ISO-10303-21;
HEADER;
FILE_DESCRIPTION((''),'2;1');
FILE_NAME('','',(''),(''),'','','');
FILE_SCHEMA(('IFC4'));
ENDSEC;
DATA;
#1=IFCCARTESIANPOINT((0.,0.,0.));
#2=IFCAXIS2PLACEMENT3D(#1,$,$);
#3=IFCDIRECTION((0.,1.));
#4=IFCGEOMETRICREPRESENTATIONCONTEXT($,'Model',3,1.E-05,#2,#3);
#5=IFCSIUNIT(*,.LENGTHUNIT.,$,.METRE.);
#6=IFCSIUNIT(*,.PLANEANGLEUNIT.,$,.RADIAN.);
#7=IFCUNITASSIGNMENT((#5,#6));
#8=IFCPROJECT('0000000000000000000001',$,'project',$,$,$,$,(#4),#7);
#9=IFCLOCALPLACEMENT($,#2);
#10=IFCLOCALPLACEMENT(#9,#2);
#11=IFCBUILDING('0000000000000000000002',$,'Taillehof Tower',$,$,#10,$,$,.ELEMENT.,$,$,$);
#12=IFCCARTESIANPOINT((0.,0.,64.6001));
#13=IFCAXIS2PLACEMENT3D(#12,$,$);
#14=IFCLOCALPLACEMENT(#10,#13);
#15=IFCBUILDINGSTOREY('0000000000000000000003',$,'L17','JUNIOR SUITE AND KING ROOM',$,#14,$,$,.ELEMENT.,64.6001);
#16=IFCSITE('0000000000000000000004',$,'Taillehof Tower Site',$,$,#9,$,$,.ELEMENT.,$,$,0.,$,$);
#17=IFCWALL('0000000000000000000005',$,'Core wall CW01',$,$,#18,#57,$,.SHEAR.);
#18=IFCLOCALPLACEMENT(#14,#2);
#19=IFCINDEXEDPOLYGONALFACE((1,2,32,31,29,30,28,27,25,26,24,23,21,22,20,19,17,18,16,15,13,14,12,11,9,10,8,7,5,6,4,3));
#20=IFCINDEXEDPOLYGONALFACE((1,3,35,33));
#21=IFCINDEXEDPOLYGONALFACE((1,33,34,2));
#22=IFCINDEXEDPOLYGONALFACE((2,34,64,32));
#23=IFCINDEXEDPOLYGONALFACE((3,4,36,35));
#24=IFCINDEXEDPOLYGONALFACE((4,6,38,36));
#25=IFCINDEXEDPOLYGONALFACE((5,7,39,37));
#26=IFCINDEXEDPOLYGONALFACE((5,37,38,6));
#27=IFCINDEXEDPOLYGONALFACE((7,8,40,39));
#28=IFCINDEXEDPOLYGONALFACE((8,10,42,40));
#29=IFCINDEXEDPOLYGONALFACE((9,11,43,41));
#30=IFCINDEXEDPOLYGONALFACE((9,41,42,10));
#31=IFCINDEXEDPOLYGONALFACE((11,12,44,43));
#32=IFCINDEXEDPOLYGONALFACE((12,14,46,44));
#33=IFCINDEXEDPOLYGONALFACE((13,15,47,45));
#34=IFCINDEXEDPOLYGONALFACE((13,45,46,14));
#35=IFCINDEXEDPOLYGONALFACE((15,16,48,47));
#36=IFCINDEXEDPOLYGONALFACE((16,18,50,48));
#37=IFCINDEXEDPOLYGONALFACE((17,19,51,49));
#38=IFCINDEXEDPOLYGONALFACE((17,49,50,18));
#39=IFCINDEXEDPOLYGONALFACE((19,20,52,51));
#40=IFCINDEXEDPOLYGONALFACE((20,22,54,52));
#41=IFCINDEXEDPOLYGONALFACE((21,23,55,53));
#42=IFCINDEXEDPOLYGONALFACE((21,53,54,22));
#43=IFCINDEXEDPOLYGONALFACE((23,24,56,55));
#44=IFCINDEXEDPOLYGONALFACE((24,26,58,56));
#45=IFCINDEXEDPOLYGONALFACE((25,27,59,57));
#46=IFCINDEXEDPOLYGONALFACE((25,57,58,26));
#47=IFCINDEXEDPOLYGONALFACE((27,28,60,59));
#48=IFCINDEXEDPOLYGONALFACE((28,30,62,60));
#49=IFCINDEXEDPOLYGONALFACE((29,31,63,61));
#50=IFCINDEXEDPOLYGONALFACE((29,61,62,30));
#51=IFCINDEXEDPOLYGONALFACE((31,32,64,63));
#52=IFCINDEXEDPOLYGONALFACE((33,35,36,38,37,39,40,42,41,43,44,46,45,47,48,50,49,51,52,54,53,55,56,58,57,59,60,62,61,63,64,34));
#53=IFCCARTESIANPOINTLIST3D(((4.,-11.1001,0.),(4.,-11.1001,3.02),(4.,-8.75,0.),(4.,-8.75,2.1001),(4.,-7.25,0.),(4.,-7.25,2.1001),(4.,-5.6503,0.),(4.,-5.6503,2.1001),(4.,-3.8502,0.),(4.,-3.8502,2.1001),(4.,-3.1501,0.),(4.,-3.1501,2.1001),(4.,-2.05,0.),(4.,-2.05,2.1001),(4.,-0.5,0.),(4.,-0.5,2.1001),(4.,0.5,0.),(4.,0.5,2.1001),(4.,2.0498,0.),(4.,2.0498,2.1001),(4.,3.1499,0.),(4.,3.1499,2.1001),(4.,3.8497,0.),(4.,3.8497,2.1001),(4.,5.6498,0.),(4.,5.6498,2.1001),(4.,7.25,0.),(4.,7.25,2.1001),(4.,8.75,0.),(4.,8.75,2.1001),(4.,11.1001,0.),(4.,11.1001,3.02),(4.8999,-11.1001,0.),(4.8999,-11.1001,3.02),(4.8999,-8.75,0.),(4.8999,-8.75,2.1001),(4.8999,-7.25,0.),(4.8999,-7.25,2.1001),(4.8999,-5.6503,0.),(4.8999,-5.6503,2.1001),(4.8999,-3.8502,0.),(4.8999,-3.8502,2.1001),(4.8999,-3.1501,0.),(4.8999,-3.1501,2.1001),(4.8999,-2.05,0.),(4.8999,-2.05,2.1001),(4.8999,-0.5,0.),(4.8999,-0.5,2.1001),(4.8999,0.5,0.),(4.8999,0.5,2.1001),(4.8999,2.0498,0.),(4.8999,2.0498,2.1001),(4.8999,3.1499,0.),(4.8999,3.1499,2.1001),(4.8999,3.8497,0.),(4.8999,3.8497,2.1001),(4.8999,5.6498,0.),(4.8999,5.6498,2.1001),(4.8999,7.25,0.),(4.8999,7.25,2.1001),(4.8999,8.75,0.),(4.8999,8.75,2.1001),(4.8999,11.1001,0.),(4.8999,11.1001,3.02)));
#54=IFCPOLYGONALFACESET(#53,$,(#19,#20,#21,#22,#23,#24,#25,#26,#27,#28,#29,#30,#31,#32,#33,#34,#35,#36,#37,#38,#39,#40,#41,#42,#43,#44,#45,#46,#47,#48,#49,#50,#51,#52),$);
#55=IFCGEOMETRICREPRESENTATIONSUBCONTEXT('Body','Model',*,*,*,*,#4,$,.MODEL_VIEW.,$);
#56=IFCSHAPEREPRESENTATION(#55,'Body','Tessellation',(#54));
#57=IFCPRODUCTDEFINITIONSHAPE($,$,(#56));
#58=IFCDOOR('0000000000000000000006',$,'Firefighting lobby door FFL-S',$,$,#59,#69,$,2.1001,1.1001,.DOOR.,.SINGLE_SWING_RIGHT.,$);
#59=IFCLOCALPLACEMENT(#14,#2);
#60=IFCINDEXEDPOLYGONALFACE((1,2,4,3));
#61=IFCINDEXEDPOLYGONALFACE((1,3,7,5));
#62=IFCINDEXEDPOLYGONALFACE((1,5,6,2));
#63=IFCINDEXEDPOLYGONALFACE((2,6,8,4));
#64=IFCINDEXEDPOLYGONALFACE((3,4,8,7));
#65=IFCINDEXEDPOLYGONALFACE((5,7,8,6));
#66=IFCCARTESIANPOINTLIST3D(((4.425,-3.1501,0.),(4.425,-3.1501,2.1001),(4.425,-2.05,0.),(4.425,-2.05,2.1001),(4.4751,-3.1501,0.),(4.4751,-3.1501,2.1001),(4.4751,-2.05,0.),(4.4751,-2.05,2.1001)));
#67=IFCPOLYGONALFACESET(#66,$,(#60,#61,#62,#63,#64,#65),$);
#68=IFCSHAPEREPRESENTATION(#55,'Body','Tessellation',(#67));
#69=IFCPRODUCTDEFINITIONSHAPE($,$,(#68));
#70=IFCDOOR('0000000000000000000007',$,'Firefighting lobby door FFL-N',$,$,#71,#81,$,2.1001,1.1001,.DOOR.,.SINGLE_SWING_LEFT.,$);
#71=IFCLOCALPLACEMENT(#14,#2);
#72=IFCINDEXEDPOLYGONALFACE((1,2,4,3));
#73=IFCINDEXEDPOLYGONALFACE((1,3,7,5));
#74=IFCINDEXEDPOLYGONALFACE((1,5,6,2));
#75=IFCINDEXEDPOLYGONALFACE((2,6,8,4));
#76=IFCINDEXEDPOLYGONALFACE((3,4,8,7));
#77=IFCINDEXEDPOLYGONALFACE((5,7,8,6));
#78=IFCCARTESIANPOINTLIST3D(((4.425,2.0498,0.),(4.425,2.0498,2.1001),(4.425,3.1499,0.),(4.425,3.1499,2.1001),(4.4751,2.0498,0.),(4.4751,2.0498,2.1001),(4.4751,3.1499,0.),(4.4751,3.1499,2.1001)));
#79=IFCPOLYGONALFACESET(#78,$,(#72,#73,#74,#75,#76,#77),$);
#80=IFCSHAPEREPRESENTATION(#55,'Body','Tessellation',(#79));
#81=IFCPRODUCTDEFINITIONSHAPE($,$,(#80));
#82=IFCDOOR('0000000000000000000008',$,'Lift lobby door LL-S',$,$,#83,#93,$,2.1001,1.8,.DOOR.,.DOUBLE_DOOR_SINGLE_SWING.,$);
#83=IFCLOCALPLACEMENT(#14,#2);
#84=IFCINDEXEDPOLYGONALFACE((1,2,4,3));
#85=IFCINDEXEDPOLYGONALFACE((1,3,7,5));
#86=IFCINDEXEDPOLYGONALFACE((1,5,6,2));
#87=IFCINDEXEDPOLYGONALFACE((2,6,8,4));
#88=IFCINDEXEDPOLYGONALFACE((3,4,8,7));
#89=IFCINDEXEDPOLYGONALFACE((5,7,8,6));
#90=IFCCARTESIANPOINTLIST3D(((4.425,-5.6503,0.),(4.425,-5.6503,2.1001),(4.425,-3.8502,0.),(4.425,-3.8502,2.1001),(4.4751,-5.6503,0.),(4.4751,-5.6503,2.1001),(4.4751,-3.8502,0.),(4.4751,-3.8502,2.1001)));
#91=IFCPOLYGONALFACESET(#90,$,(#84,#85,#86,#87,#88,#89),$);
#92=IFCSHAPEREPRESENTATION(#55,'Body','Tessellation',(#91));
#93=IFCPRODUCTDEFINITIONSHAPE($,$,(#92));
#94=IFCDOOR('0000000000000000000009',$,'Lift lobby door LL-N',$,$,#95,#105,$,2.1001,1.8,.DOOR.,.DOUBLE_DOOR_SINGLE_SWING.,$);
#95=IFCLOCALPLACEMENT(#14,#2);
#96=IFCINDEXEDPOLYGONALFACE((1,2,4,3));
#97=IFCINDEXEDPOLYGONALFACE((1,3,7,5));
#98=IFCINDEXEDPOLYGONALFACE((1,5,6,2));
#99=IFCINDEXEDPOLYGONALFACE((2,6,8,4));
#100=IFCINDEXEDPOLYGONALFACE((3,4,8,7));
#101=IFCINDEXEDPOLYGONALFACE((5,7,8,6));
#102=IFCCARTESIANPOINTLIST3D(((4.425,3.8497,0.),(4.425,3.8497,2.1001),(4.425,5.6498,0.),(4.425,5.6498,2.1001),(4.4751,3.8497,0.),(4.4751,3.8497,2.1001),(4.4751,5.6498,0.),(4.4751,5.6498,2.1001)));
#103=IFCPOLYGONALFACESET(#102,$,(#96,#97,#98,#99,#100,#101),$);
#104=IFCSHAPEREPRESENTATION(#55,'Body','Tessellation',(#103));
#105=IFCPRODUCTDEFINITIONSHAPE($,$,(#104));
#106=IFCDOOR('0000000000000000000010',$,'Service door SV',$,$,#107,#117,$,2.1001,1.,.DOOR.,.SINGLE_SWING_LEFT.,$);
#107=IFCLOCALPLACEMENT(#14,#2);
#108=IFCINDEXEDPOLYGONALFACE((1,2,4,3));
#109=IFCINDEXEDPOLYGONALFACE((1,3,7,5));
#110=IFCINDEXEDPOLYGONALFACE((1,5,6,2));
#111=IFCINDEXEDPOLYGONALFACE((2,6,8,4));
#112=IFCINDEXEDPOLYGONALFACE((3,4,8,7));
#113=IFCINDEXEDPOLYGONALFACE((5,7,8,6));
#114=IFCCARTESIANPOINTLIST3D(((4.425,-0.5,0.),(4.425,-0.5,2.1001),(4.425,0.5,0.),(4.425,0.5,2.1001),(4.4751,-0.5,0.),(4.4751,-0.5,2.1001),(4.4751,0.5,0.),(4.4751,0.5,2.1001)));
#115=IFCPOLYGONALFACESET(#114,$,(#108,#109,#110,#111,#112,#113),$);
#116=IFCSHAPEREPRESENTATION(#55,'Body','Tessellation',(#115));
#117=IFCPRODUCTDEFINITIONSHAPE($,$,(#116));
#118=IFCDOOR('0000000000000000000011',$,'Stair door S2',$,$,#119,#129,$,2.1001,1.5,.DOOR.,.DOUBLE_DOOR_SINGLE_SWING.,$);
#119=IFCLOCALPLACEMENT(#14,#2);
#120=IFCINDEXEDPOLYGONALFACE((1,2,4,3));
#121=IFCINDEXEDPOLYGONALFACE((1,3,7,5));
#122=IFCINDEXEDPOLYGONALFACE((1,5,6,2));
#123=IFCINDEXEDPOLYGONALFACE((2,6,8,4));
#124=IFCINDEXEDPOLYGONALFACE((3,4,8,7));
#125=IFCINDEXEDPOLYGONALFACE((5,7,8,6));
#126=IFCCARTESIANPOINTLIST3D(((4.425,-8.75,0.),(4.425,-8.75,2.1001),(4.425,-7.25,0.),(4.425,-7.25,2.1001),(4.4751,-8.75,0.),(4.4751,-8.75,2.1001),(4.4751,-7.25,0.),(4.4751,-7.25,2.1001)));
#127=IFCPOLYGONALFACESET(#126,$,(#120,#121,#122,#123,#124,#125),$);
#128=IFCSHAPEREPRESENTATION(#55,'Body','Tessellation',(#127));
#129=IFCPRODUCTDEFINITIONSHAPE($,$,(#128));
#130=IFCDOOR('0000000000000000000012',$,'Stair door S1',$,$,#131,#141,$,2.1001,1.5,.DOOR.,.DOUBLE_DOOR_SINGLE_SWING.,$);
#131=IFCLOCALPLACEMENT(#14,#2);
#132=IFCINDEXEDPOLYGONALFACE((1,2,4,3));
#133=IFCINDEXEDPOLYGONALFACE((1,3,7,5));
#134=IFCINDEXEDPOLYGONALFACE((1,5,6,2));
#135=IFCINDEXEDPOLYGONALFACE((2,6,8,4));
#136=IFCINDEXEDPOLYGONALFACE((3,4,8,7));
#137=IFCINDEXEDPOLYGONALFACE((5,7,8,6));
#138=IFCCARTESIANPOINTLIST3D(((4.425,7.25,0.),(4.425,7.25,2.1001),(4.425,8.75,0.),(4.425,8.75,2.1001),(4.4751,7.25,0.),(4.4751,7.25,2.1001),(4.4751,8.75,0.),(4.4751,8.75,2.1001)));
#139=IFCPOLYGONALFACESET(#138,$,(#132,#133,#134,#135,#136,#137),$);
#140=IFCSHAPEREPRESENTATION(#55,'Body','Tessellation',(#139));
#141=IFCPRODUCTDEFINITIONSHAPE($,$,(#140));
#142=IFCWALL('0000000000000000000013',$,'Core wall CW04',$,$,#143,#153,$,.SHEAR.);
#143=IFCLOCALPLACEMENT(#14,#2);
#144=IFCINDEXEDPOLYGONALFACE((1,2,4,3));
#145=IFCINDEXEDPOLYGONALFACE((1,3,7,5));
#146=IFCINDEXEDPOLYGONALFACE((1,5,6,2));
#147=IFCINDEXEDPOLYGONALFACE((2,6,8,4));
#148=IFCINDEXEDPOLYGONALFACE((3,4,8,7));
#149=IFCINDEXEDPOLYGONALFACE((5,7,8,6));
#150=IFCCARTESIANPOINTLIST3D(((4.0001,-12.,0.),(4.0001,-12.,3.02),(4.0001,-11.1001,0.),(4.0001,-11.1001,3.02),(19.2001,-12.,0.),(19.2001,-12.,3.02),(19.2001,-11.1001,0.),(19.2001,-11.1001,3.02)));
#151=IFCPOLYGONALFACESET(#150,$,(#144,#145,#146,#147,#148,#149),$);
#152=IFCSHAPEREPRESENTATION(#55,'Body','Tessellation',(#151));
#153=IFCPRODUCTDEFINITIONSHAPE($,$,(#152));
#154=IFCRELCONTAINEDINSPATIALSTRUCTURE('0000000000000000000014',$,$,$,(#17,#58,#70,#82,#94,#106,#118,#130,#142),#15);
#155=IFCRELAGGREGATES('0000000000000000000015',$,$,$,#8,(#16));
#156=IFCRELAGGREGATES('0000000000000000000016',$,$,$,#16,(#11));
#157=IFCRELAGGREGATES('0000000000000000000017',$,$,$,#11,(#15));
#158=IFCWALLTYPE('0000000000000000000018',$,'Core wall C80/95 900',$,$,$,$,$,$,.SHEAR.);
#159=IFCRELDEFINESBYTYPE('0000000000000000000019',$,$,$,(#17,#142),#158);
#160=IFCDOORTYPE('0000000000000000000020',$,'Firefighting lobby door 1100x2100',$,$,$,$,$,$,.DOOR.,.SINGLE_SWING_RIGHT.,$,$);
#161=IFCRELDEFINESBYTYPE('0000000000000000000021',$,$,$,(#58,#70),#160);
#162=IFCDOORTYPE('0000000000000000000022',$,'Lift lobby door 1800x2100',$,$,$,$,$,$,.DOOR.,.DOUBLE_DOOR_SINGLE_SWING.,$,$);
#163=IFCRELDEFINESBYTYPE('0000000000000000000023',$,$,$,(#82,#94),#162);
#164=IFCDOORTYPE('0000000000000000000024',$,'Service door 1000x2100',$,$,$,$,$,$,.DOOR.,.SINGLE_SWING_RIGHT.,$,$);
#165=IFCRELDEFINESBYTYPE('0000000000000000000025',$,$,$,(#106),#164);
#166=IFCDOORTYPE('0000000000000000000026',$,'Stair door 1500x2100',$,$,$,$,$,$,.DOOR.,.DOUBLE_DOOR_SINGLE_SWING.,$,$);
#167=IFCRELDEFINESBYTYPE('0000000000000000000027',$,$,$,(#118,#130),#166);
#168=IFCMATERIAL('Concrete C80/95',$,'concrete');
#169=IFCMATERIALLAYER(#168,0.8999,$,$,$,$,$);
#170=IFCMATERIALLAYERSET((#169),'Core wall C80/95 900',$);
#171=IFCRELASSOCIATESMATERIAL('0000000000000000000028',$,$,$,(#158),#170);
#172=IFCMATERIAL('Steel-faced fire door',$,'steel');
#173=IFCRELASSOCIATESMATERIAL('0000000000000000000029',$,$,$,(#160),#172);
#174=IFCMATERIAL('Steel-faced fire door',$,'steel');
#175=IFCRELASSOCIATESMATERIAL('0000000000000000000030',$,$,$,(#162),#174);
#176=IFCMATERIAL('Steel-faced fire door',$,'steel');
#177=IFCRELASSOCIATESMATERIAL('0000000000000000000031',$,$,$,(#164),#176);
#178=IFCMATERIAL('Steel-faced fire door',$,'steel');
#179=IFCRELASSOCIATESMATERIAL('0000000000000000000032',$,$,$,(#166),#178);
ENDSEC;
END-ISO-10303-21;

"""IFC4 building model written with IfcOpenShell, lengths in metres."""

from ifc_helpers import new_model, si_unit, direction, frame, frame_2d, origin, place, context, subcontext, project, spatial, rectangle, extrude, material, layer, layer_set, type_object, element, fill, save


model = new_model("IFC4")

# Units and contexts
model_context = context("Model", 3, precision=1e-05, world=origin(), true_north=direction((0.0, 1.0)))
body_context = subcontext(model_context, "Body", "Model", "MODEL_VIEW")
ifc_project = project(units=[si_unit("LENGTHUNIT", "METRE"), si_unit("PLANEANGLEUNIT", "RADIAN")], contexts=[model_context])

# Site, building, storey
site_placement = place(None, origin())
site = spatial("IfcSite", under=ifc_project, at=site_placement, Name="Taillehof Tower Site", CompositionType="ELEMENT", RefElevation=0.0)
building_placement = place(site_placement, origin())
building = spatial("IfcBuilding", under=site, at=building_placement, Name="Taillehof Tower", CompositionType="ELEMENT")
storey_placement = place(building_placement, frame((0.0, 0.0, 64.6001)))
storey = spatial("IfcBuildingStorey", under=building, at=storey_placement, Name="L17", Description="JUNIOR SUITE AND KING ROOM", CompositionType="ELEMENT", Elevation=64.6001)

# Wall, openings, doors
ifc_material_1 = material(Name="Concrete C80/95", Category="concrete")
ifc_layer_1 = layer(ifc_material_1, 0.8999)
ifc_layer_set_1 = layer_set([ifc_layer_1], Name="Core wall C80/95 900")
wall_type_1 = type_object("IfcWallType", Name="Core wall C80/95 900", PredefinedType="SHEAR", material=ifc_layer_set_1)
wall_1_placement = place(storey_placement, frame((4.45, -11.1001, 0.0), z_axis=(0.0, 0.0, 1.0), x_axis=(0.0, 1.0, 0.0)))
wall_1 = element("IfcWall", 1, at=wall_1_placement, inside=storey, type_object=wall_type_1, Name="Core wall CW01", PredefinedType="SHEAR", context=body_context, shape_type="SweptSolid", body=[
    extrude(rectangle(XDim=22.2002, YDim=0.8999, at=frame_2d((11.1001, 0.0))), origin(), (0.0, 0.0, 1.0), 3.02),
])
opening_1_placement = place(wall_1_placement, frame((2.3501, 0.0, 0.0)))
opening_1 = element("IfcOpeningElement", 2, at=opening_1_placement, cuts=wall_1, PredefinedType="OPENING", context=body_context, shape_type="SweptSolid", body=[
    extrude(rectangle(XDim=1.5, YDim=2.1001, at=frame_2d((0.75, 1.05))), frame((0.0, 0.46, 0.0), z_axis=(0.0, -1.0, 0.0), x_axis=(1.0, 0.0, 0.0)), (0.0, 0.0, 1.0), 0.9199),
])
opening_2_placement = place(wall_1_placement, frame((5.45, 0.0, 0.0)))
opening_2 = element("IfcOpeningElement", 3, at=opening_2_placement, cuts=wall_1, PredefinedType="OPENING", context=body_context, shape_type="SweptSolid", body=[
    extrude(rectangle(XDim=1.8, YDim=2.1001, at=frame_2d((0.8999, 1.05))), frame((0.0, 0.46, 0.0), z_axis=(0.0, -1.0, 0.0), x_axis=(1.0, 0.0, 0.0)), (0.0, 0.0, 1.0), 0.9199),
])
opening_3_placement = place(wall_1_placement, frame((7.95, 0.0, 0.0)))
opening_3 = element("IfcOpeningElement", 4, at=opening_3_placement, cuts=wall_1, PredefinedType="OPENING", context=body_context, shape_type="SweptSolid", body=[
    extrude(rectangle(XDim=1.1001, YDim=2.1001, at=frame_2d((0.55, 1.05))), frame((0.0, 0.46, 0.0), z_axis=(0.0, -1.0, 0.0), x_axis=(1.0, 0.0, 0.0)), (0.0, 0.0, 1.0), 0.9199),
])
opening_4_placement = place(wall_1_placement, frame((10.6001, 0.0, 0.0)))
opening_4 = element("IfcOpeningElement", 5, at=opening_4_placement, cuts=wall_1, PredefinedType="OPENING", context=body_context, shape_type="SweptSolid", body=[
    extrude(rectangle(XDim=1.0, YDim=2.1001, at=frame_2d((0.5, 1.05))), frame((0.0, 0.46, 0.0), z_axis=(0.0, -1.0, 0.0), x_axis=(1.0, 0.0, 0.0)), (0.0, 0.0, 1.0), 0.9199),
])
opening_5_placement = place(wall_1_placement, frame((13.1499, 0.0, 0.0)))
opening_5 = element("IfcOpeningElement", 6, at=opening_5_placement, cuts=wall_1, PredefinedType="OPENING", context=body_context, shape_type="SweptSolid", body=[
    extrude(rectangle(XDim=1.1001, YDim=2.1001, at=frame_2d((0.55, 1.05))), frame((0.0, 0.46, 0.0), z_axis=(0.0, -1.0, 0.0), x_axis=(1.0, 0.0, 0.0)), (0.0, 0.0, 1.0), 0.9199),
])
opening_6_placement = place(wall_1_placement, frame((14.95, 0.0, 0.0)))
opening_6 = element("IfcOpeningElement", 7, at=opening_6_placement, cuts=wall_1, PredefinedType="OPENING", context=body_context, shape_type="SweptSolid", body=[
    extrude(rectangle(XDim=1.8, YDim=2.1001, at=frame_2d((0.8999, 1.05))), frame((0.0, 0.46, 0.0), z_axis=(0.0, -1.0, 0.0), x_axis=(1.0, 0.0, 0.0)), (0.0, 0.0, 1.0), 0.9199),
])
opening_7_placement = place(wall_1_placement, frame((18.3501, 0.0, 0.0)))
opening_7 = element("IfcOpeningElement", 8, at=opening_7_placement, cuts=wall_1, PredefinedType="OPENING", context=body_context, shape_type="SweptSolid", body=[
    extrude(rectangle(XDim=1.5, YDim=2.1001, at=frame_2d((0.75, 1.05))), frame((0.0, 0.46, 0.0), z_axis=(0.0, -1.0, 0.0), x_axis=(1.0, 0.0, 0.0)), (0.0, 0.0, 1.0), 0.9199),
])
ifc_material_2 = material(Name="Steel-faced fire door", Category="steel")
door_type_1 = type_object("IfcDoorType", Name="Firefighting lobby door 1100x2100", OperationType="SINGLE_SWING_RIGHT", PredefinedType="DOOR", material=ifc_material_2)
door_1_placement = place(opening_3_placement, origin())
door_1 = element("IfcDoor", 9, at=door_1_placement, inside=storey, type_object=door_type_1, Name="Firefighting lobby door FFL-S", OperationType="SINGLE_SWING_RIGHT", OverallHeight=2.1001, OverallWidth=1.1001, PredefinedType="DOOR", context=body_context, shape_type="SweptSolid", body=[
    extrude(rectangle(XDim=1.1001, YDim=2.1001, at=frame_2d((0.55, 1.05))), frame((0.0, 0.0249, 0.0), z_axis=(0.0, -1.0, 0.0), x_axis=(1.0, 0.0, 0.0)), (0.0, 0.0, 1.0), 0.05),
])
fill(opening_3, door_1)
door_2_placement = place(opening_5_placement, origin())
door_2 = element("IfcDoor", 10, at=door_2_placement, inside=storey, type_object=door_type_1, Name="Firefighting lobby door FFL-N", OperationType="SINGLE_SWING_LEFT", OverallHeight=2.1001, OverallWidth=1.1001, PredefinedType="DOOR", context=body_context, shape_type="SweptSolid", body=[
    extrude(rectangle(XDim=1.1001, YDim=2.1001, at=frame_2d((0.55, 1.05))), frame((0.0, 0.0249, 0.0), z_axis=(0.0, -1.0, 0.0), x_axis=(1.0, 0.0, 0.0)), (0.0, 0.0, 1.0), 0.05),
])
fill(opening_5, door_2)
ifc_material_3 = material(Name="Steel-faced fire door", Category="steel")
door_type_2 = type_object("IfcDoorType", Name="Lift lobby door 1800x2100", OperationType="DOUBLE_DOOR_SINGLE_SWING", PredefinedType="DOOR", material=ifc_material_3)
door_3_placement = place(opening_2_placement, origin())
door_3 = element("IfcDoor", 11, at=door_3_placement, inside=storey, type_object=door_type_2, Name="Lift lobby door LL-S", OperationType="DOUBLE_DOOR_SINGLE_SWING", OverallHeight=2.1001, OverallWidth=1.8, PredefinedType="DOOR", context=body_context, shape_type="SweptSolid", body=[
    extrude(rectangle(XDim=1.8, YDim=2.1001, at=frame_2d((0.8999, 1.05))), frame((0.0, 0.0249, 0.0), z_axis=(0.0, -1.0, 0.0), x_axis=(1.0, 0.0, 0.0)), (0.0, 0.0, 1.0), 0.05),
])
fill(opening_2, door_3)
door_4_placement = place(opening_6_placement, origin())
door_4 = element("IfcDoor", 12, at=door_4_placement, inside=storey, type_object=door_type_2, Name="Lift lobby door LL-N", OperationType="DOUBLE_DOOR_SINGLE_SWING", OverallHeight=2.1001, OverallWidth=1.8, PredefinedType="DOOR", context=body_context, shape_type="SweptSolid", body=[
    extrude(rectangle(XDim=1.8, YDim=2.1001, at=frame_2d((0.8999, 1.05))), frame((0.0, 0.0249, 0.0), z_axis=(0.0, -1.0, 0.0), x_axis=(1.0, 0.0, 0.0)), (0.0, 0.0, 1.0), 0.05),
])
fill(opening_6, door_4)
ifc_material_4 = material(Name="Steel-faced fire door", Category="steel")
door_type_3 = type_object("IfcDoorType", Name="Service door 1000x2100", OperationType="SINGLE_SWING_RIGHT", PredefinedType="DOOR", material=ifc_material_4)
door_5_placement = place(opening_4_placement, origin())
door_5 = element("IfcDoor", 13, at=door_5_placement, inside=storey, type_object=door_type_3, Name="Service door SV", OperationType="SINGLE_SWING_LEFT", OverallHeight=2.1001, OverallWidth=1.0, PredefinedType="DOOR", context=body_context, shape_type="SweptSolid", body=[
    extrude(rectangle(XDim=1.0, YDim=2.1001, at=frame_2d((0.5, 1.05))), frame((0.0, 0.0249, 0.0), z_axis=(0.0, -1.0, 0.0), x_axis=(1.0, 0.0, 0.0)), (0.0, 0.0, 1.0), 0.05),
])
fill(opening_4, door_5)
ifc_material_5 = material(Name="Steel-faced fire door", Category="steel")
door_type_4 = type_object("IfcDoorType", Name="Stair door 1500x2100", OperationType="DOUBLE_DOOR_SINGLE_SWING", PredefinedType="DOOR", material=ifc_material_5)
door_6_placement = place(opening_1_placement, origin())
door_6 = element("IfcDoor", 14, at=door_6_placement, inside=storey, type_object=door_type_4, Name="Stair door S2", OperationType="DOUBLE_DOOR_SINGLE_SWING", OverallHeight=2.1001, OverallWidth=1.5, PredefinedType="DOOR", context=body_context, shape_type="SweptSolid", body=[
    extrude(rectangle(XDim=1.5, YDim=2.1001, at=frame_2d((0.75, 1.05))), frame((0.0, 0.0249, 0.0), z_axis=(0.0, -1.0, 0.0), x_axis=(1.0, 0.0, 0.0)), (0.0, 0.0, 1.0), 0.05),
])
fill(opening_1, door_6)
door_7_placement = place(opening_7_placement, origin())
door_7 = element("IfcDoor", 15, at=door_7_placement, inside=storey, type_object=door_type_4, Name="Stair door S1", OperationType="DOUBLE_DOOR_SINGLE_SWING", OverallHeight=2.1001, OverallWidth=1.5, PredefinedType="DOOR", context=body_context, shape_type="SweptSolid", body=[
    extrude(rectangle(XDim=1.5, YDim=2.1001, at=frame_2d((0.75, 1.05))), frame((0.0, 0.0249, 0.0), z_axis=(0.0, -1.0, 0.0), x_axis=(1.0, 0.0, 0.0)), (0.0, 0.0, 1.0), 0.05),
])
fill(opening_7, door_7)

# Wall
wall_2_placement = place(storey_placement, frame((4.0, -11.55, 0.0), z_axis=(0.0, 0.0, 1.0), x_axis=(1.0, 0.0, 0.0)))
element("IfcWall", 16, at=wall_2_placement, inside=storey, type_object=wall_type_1, Name="Core wall CW04", PredefinedType="SHEAR", context=body_context, shape_type="SweptSolid", body=[
    extrude(rectangle(XDim=15.2, YDim=0.8999, at=frame_2d((7.6001, 0.0))), origin(), (0.0, 0.0, 1.0), 3.02),
])

save(model, "model.ifc")
